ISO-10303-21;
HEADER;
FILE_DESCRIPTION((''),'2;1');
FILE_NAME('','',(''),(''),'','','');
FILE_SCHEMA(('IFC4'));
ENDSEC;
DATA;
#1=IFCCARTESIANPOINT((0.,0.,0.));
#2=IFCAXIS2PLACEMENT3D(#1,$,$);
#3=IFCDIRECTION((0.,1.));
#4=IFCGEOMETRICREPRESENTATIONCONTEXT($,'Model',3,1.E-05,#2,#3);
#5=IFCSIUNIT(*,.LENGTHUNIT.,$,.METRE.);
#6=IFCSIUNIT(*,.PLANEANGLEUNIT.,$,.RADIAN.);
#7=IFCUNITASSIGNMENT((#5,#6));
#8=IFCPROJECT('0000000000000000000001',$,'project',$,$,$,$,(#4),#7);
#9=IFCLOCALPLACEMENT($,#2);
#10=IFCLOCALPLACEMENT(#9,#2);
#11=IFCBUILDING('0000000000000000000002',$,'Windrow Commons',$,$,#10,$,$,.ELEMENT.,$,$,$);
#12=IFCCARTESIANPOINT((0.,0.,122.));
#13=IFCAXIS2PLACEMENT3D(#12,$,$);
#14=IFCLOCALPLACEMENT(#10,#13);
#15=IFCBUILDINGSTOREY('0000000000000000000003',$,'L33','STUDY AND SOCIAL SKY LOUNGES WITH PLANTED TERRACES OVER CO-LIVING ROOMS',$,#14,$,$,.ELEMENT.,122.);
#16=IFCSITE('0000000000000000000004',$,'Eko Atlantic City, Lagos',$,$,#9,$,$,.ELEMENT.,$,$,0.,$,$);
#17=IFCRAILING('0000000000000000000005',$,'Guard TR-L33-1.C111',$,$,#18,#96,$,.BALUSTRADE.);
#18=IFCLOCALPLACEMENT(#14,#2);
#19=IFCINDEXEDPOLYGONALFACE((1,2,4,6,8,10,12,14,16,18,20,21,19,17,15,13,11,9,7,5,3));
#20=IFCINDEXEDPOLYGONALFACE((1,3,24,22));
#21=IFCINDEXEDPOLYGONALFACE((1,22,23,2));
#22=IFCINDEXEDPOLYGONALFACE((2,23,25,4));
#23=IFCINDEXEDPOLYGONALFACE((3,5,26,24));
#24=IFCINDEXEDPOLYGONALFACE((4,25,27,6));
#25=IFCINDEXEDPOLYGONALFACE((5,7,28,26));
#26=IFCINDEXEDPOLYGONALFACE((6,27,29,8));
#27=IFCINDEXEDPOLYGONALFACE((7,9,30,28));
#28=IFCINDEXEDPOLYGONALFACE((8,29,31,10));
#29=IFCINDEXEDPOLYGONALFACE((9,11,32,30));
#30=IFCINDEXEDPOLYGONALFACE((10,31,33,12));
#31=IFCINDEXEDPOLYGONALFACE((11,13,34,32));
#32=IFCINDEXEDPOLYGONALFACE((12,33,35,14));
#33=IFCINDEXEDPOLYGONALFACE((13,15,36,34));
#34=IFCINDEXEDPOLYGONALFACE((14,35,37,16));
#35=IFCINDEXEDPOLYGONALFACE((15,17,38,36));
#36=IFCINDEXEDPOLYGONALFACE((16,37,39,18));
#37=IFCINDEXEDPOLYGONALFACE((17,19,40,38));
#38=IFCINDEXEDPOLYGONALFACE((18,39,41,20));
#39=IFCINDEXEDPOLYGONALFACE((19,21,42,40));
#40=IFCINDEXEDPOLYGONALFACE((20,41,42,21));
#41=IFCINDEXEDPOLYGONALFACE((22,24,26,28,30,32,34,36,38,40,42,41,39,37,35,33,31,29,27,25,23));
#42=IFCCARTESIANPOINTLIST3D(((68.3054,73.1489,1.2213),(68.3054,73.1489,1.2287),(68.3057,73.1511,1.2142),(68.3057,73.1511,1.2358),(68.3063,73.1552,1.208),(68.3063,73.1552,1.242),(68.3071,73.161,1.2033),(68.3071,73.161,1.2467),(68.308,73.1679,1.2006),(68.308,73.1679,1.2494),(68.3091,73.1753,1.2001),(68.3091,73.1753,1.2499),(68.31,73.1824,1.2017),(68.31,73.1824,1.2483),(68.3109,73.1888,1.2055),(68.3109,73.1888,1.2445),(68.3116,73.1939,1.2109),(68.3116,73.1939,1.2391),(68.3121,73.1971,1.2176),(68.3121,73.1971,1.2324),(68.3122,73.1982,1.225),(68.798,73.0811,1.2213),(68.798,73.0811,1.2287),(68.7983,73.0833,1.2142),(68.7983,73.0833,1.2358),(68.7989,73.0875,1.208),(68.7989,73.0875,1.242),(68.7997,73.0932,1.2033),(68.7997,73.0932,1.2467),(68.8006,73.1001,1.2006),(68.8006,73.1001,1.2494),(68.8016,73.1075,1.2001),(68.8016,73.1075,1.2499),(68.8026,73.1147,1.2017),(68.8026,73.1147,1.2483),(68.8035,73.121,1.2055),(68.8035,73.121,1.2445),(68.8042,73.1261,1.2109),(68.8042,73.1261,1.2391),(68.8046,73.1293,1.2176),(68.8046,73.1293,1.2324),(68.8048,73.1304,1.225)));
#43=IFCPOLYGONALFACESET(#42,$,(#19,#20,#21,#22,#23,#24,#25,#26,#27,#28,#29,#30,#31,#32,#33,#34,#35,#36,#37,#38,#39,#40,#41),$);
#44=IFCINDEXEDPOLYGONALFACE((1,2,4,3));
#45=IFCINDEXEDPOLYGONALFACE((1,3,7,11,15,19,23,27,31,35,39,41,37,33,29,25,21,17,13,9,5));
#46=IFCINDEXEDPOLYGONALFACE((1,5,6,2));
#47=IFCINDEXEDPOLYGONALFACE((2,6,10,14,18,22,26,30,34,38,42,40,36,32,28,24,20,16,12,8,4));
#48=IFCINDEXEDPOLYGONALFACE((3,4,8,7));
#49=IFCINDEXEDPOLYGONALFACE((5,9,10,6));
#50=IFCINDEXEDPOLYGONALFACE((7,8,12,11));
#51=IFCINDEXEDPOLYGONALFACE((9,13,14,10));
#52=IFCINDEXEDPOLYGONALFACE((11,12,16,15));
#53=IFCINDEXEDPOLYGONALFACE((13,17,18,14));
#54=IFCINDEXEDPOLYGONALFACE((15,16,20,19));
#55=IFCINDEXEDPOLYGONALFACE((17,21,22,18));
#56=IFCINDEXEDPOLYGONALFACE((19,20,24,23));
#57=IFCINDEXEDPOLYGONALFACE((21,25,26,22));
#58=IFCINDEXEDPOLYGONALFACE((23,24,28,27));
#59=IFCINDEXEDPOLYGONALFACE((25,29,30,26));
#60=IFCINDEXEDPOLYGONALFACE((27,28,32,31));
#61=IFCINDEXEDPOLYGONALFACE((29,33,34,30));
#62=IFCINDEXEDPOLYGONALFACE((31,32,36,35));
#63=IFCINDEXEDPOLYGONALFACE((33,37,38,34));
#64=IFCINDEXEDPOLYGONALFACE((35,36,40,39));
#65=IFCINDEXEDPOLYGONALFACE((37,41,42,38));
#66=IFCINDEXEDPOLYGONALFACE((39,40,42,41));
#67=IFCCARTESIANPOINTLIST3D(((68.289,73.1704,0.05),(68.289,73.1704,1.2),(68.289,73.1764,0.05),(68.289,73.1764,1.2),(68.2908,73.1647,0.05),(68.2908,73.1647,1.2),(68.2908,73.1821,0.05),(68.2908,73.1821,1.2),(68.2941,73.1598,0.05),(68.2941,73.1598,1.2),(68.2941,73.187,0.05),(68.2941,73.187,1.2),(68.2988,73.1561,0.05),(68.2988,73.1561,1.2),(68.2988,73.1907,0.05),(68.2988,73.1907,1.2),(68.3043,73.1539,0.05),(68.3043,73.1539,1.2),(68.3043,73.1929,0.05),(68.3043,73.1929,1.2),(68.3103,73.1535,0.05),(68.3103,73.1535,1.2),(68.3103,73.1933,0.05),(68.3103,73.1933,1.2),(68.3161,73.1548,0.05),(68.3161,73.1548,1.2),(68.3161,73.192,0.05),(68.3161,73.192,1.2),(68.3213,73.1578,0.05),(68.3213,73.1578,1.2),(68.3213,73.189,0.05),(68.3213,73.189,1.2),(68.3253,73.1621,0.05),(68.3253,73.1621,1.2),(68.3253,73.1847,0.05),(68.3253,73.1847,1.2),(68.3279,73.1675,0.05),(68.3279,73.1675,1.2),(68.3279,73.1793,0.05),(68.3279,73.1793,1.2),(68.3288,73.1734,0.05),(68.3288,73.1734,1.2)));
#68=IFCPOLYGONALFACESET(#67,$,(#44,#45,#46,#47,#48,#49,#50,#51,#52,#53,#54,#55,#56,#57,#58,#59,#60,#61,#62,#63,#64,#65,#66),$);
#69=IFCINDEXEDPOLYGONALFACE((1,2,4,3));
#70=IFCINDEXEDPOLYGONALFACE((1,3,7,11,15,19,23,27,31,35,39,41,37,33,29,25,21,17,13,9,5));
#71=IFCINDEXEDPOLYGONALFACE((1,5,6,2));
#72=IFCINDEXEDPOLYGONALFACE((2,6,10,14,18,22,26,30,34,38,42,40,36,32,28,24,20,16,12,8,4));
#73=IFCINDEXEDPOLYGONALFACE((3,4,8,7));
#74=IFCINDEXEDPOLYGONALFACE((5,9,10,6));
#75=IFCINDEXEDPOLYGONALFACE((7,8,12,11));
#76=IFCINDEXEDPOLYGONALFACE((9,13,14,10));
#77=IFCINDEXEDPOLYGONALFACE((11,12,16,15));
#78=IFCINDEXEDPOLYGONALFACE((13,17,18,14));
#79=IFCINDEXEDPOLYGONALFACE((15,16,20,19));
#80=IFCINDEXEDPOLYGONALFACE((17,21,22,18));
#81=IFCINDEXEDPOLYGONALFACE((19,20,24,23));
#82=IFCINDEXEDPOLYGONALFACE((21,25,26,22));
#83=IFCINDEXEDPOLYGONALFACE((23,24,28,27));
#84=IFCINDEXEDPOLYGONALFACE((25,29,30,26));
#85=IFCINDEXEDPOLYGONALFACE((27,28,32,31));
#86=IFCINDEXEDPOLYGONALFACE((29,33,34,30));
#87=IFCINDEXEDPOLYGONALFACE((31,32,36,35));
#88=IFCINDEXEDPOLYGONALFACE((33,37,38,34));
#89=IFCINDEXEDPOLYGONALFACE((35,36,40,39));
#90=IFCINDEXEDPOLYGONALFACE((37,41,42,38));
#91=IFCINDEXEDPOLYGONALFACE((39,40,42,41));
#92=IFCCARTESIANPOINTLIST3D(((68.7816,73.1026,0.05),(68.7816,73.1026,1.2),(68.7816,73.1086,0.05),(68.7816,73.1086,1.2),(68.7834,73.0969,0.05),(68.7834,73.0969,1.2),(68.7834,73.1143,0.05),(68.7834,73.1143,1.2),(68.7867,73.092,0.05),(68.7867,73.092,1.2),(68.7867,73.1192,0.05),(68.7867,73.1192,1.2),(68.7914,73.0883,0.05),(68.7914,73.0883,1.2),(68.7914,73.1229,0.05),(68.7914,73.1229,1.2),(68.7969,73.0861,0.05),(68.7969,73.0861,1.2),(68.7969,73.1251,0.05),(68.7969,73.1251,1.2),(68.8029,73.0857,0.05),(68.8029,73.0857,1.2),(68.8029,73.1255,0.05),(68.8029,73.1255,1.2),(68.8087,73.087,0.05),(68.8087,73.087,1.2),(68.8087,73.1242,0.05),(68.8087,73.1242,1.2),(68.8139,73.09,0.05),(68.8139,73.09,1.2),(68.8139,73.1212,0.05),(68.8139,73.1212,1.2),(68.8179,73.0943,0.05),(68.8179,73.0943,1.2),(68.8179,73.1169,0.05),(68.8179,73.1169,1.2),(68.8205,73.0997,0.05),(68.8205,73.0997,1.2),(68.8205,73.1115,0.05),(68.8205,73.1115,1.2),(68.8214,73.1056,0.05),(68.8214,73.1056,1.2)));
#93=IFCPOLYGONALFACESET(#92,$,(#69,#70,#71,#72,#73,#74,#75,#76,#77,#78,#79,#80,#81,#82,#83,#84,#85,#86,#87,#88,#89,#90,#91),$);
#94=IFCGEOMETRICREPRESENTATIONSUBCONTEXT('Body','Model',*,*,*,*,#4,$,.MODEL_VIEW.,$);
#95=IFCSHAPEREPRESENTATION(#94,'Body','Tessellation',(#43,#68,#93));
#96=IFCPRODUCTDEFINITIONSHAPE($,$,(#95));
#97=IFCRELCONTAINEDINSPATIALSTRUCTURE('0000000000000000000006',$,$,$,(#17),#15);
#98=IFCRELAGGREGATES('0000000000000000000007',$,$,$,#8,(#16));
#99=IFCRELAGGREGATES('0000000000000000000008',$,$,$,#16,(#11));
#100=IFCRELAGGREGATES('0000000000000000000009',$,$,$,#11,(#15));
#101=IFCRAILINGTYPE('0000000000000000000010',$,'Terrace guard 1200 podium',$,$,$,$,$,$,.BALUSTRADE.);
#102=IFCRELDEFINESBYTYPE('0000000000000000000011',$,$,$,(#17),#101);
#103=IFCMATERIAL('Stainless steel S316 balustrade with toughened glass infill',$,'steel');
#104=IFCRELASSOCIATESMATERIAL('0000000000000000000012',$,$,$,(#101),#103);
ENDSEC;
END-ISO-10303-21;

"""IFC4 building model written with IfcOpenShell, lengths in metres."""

from ifc_helpers import new_model, si_unit, direction, frame, origin, origin_2d, place, context, subcontext, project, spatial, circle, extrude, material, type_object, element, save


model = new_model("IFC4")

# Units and contexts
model_context = context("Model", 3, precision=1e-05, world=origin(), true_north=direction((0.0, 1.0)))
body_context = subcontext(model_context, "Body", "Model", "MODEL_VIEW")
ifc_project = project(units=[si_unit("LENGTHUNIT", "METRE"), si_unit("PLANEANGLEUNIT", "RADIAN")], contexts=[model_context])

# Site, building, storey
site_placement = place(None, origin())
site = spatial("IfcSite", under=ifc_project, at=site_placement, Name="Eko Atlantic City, Lagos", CompositionType="ELEMENT", RefElevation=0.0)
building_placement = place(site_placement, origin())
building = spatial("IfcBuilding", under=site, at=building_placement, Name="Windrow Commons", CompositionType="ELEMENT")
storey_placement = place(building_placement, frame((0.0, 0.0, 122.0)))
storey = spatial("IfcBuildingStorey", under=building, at=storey_placement, Name="L33", Description="STUDY AND SOCIAL SKY LOUNGES WITH PLANTED TERRACES OVER CO-LIVING ROOMS", CompositionType="ELEMENT", Elevation=122.0)

# Railing
ifc_material_1 = material(Name="Stainless steel S316 balustrade with toughened glass infill", Category="steel")
railing_type_1 = type_object("IfcRailingType", Name="Terrace guard 1200 podium", PredefinedType="BALUSTRADE", material=ifc_material_1)
railing_1_placement = place(storey_placement, frame((68.3088, 73.1734, 0.05)))
element("IfcRailing", 1, at=railing_1_placement, inside=storey, type_object=railing_type_1, Name="Guard TR-L33-1.C111", PredefinedType="BALUSTRADE", context=body_context, shape_type="SweptSolid", body=[
    extrude(circle(Radius=0.025, at=origin_2d()), frame((0.0, 0.0, 1.175), z_axis=(0.990661, -0.136352, 0.0), x_axis=(0.136352, 0.990661, 0.0)), (0.0, 0.0, 1.0), 0.4972),
    extrude(circle(Radius=0.02, at=origin_2d()), origin(), (0.0, 0.0, 1.0), 1.15),
    extrude(circle(Radius=0.02, at=origin_2d()), frame((0.4926, -0.0678, 0.0)), (0.0, 0.0, 1.0), 1.15),
])

save(model, "model.ifc")
